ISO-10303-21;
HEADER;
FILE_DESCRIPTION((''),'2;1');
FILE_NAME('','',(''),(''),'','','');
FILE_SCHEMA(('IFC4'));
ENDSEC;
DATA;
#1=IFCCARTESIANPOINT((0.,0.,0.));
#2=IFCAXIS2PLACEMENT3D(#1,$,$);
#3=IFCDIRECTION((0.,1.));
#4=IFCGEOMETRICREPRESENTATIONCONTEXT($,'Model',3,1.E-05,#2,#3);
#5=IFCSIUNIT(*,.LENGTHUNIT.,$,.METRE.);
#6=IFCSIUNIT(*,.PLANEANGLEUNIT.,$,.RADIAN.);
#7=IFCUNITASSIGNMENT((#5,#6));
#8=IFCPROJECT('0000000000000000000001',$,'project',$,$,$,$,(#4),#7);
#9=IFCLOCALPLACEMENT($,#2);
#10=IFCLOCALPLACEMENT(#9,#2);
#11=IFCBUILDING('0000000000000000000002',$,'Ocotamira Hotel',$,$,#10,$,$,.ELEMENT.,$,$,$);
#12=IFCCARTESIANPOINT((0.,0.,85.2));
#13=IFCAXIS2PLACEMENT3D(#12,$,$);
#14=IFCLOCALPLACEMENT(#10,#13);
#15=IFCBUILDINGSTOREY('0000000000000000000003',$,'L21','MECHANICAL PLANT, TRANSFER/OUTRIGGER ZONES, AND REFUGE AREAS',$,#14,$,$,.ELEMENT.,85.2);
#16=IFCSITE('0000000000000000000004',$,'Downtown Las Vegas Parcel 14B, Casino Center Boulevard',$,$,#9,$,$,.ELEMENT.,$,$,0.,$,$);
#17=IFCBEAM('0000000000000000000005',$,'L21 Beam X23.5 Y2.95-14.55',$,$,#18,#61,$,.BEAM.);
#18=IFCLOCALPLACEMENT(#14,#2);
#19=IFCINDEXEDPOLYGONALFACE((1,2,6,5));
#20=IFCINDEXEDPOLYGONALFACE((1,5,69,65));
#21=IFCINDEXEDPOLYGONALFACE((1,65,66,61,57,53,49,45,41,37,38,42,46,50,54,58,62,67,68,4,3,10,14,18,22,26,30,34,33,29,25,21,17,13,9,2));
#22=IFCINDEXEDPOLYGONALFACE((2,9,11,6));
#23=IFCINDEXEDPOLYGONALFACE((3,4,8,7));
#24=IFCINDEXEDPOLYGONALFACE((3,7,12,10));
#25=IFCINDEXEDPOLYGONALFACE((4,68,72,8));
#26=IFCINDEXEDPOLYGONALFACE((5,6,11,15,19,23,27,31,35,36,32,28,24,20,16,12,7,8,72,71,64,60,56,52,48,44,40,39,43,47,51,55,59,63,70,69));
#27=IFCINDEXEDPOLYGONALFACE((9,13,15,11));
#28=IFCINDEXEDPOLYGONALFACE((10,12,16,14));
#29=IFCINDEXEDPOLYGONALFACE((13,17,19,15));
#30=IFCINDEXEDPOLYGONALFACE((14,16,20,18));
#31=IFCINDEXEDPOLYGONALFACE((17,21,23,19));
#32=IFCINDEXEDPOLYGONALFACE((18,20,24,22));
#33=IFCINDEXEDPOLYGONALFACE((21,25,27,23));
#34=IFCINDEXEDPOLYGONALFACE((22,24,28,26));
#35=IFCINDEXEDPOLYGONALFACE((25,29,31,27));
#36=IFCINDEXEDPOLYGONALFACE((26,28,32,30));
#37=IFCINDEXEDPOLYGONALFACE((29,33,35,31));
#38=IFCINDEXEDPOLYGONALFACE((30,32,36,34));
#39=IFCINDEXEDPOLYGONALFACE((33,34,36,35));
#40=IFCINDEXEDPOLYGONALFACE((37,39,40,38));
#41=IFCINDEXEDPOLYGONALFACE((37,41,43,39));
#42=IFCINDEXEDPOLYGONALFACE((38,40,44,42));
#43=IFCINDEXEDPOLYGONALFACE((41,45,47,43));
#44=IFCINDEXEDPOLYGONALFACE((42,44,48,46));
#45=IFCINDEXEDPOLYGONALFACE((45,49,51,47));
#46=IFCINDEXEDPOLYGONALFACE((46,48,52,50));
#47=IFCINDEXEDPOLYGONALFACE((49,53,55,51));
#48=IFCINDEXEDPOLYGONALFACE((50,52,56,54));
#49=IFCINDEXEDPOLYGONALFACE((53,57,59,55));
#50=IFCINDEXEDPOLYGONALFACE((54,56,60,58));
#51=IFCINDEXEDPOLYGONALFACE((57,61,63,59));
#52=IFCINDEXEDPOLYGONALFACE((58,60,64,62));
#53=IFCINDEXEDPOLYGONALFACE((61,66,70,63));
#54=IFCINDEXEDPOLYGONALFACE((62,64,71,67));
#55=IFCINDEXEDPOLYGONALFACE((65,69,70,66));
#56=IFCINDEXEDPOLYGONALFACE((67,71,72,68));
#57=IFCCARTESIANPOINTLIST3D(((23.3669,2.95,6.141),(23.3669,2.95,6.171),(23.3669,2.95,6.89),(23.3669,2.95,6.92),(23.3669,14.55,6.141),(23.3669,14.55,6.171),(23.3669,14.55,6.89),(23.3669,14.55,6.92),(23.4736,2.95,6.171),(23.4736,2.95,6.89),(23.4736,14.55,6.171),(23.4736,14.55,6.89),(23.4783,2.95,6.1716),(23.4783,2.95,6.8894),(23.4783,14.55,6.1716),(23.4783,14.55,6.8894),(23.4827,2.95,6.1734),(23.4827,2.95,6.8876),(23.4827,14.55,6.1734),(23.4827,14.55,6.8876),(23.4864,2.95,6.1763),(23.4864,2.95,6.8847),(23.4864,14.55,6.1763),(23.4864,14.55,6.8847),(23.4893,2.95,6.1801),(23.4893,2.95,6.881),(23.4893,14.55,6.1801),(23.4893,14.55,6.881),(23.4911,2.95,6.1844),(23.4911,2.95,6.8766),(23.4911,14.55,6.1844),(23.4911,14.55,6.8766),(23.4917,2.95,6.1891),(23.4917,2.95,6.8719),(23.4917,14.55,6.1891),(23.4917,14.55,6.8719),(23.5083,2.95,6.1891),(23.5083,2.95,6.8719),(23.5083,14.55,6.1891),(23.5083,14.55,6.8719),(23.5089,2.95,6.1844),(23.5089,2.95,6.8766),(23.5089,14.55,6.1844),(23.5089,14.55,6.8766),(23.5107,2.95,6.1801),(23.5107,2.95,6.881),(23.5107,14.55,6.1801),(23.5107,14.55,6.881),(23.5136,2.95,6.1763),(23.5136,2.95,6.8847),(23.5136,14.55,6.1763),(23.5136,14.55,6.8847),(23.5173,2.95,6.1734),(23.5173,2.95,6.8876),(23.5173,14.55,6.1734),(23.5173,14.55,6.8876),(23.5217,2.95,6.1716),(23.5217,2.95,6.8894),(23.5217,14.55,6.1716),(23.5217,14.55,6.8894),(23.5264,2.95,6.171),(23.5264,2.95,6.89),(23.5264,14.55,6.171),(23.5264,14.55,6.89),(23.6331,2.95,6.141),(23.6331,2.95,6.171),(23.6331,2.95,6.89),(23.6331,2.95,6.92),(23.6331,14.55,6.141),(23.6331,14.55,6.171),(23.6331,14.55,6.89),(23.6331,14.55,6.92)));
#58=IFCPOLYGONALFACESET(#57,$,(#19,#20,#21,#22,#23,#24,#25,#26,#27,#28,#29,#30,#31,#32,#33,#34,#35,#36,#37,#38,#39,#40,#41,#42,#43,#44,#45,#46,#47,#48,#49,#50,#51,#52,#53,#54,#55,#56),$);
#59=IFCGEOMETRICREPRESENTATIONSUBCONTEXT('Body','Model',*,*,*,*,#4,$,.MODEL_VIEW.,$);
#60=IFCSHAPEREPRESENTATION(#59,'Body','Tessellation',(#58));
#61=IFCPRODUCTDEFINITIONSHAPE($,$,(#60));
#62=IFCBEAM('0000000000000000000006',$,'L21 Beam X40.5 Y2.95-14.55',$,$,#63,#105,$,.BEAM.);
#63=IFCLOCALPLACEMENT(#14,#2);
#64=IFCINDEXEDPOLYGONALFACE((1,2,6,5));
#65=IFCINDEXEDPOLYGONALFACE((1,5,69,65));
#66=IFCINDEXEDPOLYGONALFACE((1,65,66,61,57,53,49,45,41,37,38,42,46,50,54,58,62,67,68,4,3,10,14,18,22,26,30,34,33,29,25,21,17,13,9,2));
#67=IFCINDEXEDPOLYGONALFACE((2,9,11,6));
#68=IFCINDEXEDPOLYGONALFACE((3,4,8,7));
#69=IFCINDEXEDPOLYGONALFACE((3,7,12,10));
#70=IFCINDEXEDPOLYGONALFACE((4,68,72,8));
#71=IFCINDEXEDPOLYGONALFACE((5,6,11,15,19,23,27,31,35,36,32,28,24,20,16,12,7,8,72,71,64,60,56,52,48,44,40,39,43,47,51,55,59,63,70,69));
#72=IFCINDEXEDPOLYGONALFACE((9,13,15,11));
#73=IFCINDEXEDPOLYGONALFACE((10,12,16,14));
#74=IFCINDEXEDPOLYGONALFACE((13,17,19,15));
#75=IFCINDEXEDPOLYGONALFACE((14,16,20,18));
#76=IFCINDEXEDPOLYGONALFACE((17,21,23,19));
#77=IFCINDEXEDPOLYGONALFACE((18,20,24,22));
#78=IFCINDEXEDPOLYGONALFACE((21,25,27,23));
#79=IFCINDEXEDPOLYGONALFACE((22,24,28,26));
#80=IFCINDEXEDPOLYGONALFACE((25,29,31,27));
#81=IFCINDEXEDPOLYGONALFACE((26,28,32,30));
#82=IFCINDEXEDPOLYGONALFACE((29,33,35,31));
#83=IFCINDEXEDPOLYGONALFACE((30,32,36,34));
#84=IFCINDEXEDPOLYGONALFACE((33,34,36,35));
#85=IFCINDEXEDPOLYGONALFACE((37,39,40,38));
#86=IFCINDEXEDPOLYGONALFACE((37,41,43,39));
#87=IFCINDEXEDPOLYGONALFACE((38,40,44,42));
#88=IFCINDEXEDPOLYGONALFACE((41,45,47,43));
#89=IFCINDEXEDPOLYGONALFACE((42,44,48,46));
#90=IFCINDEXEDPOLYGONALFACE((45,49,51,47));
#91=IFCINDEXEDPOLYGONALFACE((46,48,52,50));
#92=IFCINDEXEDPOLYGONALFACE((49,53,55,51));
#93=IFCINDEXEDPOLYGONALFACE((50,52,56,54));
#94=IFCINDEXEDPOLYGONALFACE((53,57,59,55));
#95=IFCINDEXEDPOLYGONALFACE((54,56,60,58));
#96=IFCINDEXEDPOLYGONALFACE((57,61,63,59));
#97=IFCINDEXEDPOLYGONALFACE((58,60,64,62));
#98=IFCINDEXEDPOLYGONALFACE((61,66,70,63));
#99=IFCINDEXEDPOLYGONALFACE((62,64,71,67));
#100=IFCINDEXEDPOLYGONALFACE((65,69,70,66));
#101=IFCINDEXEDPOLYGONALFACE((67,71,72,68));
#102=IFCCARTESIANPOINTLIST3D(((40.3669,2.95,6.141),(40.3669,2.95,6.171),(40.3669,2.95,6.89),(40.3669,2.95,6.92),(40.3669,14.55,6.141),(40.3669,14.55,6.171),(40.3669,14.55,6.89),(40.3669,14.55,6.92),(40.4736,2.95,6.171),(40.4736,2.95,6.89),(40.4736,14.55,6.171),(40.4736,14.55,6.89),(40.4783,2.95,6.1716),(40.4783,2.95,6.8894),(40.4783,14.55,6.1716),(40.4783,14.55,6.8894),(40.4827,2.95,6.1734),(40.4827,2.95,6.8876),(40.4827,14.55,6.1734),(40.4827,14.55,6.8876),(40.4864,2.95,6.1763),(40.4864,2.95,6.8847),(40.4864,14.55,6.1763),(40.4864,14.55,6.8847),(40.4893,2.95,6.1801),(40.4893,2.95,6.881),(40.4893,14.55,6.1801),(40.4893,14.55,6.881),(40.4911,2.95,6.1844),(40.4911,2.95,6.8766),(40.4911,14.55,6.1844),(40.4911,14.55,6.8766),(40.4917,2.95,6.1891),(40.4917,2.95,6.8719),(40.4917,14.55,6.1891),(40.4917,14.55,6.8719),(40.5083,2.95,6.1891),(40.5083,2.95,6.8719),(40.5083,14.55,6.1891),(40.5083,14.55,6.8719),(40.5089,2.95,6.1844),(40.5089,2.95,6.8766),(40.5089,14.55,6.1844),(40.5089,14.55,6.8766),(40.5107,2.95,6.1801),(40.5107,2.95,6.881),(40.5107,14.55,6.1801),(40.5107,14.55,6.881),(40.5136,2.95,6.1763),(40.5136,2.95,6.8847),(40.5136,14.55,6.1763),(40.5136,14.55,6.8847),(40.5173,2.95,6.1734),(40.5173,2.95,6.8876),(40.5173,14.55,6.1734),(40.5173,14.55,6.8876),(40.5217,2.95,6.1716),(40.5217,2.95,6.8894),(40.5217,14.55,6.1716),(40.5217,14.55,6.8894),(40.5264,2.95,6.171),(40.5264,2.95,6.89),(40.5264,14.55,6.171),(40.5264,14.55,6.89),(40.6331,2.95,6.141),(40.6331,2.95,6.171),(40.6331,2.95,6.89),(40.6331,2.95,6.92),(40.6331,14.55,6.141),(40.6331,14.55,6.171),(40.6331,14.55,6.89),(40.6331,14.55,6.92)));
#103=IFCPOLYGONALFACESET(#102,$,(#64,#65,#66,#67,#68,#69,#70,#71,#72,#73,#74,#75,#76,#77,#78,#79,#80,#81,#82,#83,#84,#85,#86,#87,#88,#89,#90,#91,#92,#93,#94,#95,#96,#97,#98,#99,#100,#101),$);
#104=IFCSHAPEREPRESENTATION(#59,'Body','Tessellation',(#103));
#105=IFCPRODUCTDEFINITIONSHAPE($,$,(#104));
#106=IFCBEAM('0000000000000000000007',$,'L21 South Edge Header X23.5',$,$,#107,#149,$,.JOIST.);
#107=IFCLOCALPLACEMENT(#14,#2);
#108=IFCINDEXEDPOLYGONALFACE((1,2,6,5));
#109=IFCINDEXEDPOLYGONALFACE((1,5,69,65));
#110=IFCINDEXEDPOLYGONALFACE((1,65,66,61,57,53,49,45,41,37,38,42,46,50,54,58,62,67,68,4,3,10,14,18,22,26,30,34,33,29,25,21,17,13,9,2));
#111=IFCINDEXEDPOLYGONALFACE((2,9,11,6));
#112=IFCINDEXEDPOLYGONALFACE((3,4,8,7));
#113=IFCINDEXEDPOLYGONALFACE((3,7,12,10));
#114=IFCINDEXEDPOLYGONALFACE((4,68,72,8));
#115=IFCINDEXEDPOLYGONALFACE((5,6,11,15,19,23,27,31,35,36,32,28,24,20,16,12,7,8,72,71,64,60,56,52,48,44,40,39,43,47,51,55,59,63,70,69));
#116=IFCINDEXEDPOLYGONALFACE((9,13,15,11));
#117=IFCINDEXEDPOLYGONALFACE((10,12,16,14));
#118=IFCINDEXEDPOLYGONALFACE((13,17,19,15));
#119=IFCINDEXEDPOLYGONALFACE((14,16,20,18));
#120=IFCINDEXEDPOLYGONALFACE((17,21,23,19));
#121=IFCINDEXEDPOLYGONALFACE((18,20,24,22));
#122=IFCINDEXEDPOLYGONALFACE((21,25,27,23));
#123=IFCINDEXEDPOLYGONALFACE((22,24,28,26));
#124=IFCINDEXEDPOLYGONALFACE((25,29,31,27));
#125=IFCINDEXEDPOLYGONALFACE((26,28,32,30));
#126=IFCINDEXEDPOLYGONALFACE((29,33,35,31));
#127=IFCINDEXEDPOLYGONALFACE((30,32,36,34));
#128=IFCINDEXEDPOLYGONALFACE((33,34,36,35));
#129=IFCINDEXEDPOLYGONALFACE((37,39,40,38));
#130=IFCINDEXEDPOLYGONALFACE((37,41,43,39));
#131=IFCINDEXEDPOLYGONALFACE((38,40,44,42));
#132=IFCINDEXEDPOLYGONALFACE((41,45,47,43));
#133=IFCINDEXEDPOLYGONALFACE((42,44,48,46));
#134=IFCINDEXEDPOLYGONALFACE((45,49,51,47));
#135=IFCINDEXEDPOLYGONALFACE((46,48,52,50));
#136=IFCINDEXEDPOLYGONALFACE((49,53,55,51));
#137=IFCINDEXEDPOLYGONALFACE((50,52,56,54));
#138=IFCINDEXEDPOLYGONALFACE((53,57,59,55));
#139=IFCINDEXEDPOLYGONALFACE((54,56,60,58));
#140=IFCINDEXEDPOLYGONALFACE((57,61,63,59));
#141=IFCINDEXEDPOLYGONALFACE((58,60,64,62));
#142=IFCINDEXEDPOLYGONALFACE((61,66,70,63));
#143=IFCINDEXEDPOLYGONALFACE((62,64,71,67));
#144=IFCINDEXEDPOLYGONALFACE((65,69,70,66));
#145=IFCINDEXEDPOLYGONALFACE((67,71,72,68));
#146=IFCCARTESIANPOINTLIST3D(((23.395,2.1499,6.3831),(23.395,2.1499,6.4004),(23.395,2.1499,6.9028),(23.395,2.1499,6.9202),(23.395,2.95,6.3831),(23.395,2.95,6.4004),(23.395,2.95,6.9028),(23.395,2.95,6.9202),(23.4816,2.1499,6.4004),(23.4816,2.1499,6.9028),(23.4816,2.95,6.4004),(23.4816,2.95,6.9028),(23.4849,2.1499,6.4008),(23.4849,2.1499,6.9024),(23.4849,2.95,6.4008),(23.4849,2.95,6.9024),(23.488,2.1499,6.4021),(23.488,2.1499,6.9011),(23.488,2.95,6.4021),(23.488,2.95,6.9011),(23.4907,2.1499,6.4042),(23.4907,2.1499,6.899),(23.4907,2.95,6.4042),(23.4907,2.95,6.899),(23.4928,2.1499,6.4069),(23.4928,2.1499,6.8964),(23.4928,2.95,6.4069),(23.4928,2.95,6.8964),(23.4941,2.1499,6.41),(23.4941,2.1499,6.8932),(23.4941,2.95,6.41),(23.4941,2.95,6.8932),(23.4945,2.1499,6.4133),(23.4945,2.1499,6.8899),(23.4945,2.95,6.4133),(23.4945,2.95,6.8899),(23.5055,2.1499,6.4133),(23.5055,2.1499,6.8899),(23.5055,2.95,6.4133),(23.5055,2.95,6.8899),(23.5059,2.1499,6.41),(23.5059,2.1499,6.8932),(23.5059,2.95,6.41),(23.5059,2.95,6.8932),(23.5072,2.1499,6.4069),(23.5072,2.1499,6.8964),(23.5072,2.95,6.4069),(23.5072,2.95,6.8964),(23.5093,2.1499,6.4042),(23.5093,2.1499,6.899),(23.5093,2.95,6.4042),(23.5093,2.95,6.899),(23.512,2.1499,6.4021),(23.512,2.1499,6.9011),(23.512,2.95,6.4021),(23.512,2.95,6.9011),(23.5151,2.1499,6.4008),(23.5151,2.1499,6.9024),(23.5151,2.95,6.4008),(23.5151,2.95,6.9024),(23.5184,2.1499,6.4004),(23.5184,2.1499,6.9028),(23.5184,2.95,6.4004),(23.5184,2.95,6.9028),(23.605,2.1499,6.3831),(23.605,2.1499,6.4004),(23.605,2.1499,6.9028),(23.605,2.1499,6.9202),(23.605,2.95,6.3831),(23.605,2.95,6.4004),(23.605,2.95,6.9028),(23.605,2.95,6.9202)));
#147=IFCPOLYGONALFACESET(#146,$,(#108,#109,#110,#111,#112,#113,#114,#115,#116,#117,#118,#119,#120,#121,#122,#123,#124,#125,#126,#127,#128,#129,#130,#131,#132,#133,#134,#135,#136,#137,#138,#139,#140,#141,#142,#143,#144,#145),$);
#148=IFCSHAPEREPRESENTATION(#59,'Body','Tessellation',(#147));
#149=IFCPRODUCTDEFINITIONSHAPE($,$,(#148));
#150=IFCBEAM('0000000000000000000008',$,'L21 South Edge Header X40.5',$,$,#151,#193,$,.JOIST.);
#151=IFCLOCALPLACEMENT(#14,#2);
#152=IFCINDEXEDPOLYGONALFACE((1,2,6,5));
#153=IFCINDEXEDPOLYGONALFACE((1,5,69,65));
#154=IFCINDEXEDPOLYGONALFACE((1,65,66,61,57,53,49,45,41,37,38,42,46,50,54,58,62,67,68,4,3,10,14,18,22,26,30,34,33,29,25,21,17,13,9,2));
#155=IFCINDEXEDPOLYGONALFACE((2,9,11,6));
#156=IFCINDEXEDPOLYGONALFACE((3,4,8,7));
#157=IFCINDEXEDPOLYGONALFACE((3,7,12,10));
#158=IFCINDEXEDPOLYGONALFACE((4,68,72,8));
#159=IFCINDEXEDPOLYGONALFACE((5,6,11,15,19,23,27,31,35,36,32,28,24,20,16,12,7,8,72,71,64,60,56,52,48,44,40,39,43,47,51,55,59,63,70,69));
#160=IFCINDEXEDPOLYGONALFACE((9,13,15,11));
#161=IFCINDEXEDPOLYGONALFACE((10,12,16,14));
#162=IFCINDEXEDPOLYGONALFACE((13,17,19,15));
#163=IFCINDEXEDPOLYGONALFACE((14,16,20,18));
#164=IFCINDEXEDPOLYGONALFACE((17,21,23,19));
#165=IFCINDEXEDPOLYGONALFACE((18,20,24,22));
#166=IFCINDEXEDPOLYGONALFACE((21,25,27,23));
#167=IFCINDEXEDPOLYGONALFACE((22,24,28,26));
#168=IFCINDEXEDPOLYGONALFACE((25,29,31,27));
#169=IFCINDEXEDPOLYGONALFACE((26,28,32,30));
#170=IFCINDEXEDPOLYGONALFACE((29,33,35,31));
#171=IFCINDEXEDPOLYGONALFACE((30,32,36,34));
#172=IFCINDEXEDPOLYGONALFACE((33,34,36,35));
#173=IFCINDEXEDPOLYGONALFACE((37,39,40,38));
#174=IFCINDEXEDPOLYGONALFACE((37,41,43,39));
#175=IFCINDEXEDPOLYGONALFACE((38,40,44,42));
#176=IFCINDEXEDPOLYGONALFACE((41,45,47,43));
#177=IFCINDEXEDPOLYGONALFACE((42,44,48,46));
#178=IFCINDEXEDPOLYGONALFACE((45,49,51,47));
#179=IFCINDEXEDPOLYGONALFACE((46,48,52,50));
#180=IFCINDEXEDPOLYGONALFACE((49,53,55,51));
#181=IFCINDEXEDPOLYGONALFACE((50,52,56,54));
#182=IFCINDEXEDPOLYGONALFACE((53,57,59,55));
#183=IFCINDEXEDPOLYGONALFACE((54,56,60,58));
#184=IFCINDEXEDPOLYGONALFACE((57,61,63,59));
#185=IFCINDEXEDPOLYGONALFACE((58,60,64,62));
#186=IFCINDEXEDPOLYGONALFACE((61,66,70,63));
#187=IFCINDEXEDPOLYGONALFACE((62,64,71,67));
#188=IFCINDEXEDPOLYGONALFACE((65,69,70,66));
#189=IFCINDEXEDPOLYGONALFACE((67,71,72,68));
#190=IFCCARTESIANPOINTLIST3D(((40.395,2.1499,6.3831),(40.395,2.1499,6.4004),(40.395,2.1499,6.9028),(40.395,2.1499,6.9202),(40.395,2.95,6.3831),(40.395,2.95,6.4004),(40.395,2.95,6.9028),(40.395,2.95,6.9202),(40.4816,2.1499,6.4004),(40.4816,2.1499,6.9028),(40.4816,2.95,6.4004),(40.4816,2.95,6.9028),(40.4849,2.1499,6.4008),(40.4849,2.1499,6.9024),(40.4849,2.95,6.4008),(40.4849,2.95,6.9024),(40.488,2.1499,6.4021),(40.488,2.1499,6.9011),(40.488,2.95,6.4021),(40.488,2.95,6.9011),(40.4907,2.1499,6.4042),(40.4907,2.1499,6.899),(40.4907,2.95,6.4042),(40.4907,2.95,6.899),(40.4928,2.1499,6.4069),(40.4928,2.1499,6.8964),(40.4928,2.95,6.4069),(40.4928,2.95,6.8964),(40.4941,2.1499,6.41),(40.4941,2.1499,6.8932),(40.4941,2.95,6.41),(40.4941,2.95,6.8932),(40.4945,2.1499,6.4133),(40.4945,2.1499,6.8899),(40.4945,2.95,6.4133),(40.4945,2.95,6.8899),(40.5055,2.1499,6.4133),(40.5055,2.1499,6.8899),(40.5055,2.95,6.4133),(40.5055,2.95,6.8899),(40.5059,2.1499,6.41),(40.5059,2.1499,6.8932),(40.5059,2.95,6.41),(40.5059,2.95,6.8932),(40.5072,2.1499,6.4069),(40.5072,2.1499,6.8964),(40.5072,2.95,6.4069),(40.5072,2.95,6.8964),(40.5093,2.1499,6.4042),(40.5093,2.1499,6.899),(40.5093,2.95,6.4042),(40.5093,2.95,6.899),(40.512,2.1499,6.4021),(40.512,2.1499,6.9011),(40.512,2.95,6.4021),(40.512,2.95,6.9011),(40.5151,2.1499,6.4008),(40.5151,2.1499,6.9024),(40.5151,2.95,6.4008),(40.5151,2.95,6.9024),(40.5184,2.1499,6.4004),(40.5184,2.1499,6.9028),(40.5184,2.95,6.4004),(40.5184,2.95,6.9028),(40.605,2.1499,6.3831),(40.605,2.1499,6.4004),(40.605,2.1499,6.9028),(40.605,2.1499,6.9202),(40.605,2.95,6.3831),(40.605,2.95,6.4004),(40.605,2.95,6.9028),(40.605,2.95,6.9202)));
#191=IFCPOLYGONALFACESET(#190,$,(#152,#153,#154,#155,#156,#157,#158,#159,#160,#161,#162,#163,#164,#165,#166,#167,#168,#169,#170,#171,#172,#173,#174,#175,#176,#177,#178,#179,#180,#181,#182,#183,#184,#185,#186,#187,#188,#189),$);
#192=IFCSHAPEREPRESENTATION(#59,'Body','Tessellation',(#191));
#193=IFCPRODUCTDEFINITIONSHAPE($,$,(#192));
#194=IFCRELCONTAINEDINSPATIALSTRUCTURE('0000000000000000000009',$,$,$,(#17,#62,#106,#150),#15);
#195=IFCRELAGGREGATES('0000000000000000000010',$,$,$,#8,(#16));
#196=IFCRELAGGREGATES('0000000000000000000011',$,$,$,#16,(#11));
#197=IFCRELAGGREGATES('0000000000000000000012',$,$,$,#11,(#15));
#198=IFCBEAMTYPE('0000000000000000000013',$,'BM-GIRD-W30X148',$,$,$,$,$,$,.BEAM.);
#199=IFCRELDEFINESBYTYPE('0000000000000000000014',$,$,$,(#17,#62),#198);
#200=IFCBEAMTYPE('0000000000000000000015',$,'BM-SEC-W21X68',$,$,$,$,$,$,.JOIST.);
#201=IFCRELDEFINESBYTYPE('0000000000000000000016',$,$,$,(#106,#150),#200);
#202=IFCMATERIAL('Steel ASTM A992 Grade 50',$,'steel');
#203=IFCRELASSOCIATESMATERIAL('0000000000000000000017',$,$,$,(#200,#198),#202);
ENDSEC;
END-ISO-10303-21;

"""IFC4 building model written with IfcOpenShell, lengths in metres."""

from ifc_helpers import new_model, si_unit, direction, frame, origin, origin_2d, place, context, subcontext, project, spatial, i_section, extrude, source, transform, mapped, material, material_profile, profile_set, type_object, element, save


model = new_model("IFC4")

# Units and contexts
model_context = context("Model", 3, precision=1e-05, world=origin(), true_north=direction((0.0, 1.0)))
body_context = subcontext(model_context, "Body", "Model", "MODEL_VIEW")
ifc_project = project(units=[si_unit("LENGTHUNIT", "METRE"), si_unit("PLANEANGLEUNIT", "RADIAN")], contexts=[model_context])

# Site, building, storey
site_placement = place(None, origin())
site = spatial("IfcSite", under=ifc_project, at=site_placement, Name="Downtown Las Vegas Parcel 14B, Casino Center Boulevard", CompositionType="ELEMENT", RefElevation=0.0)
building_placement = place(site_placement, origin())
building = spatial("IfcBuilding", under=site, at=building_placement, Name="Ocotamira Hotel", CompositionType="ELEMENT")
storey_placement = place(building_placement, frame((0.0, 0.0, 85.2)))
storey = spatial("IfcBuildingStorey", under=building, at=storey_placement, Name="L21", Description="MECHANICAL PLANT, TRANSFER/OUTRIGGER ZONES, AND REFUGE AREAS", CompositionType="ELEMENT", Elevation=85.2)

# Beams
ifc_material_1 = material(Name="Steel ASTM A992 Grade 50", Category="steel")
ifc_material_profile_1 = material_profile(ifc_material_1, i_section(OverallWidth=0.21, OverallDepth=0.5371, WebThickness=0.011, FlangeThickness=0.0173, FilletRadius=0.0129, at=origin_2d()), Name="W21X68")
ifc_profile_set_1 = profile_set([ifc_material_profile_1], Name="Steel ASTM A992 Grade 50")
beam_type_1 = type_object("IfcBeamType", Name="BM-SEC-W21X68", PredefinedType="JOIST", material=ifc_profile_set_1)
ifc_material_profile_2 = material_profile(ifc_material_1, i_section(OverallWidth=0.2661, OverallDepth=0.7791, WebThickness=0.0166, FlangeThickness=0.03, FilletRadius=0.0181, at=origin_2d()), Name="W30X148")
ifc_profile_set_2 = profile_set([ifc_material_profile_2], Name="Steel ASTM A992 Grade 50")
beam_type_2 = type_object("IfcBeamType", Name="BM-GIRD-W30X148", PredefinedType="BEAM", material=ifc_profile_set_2)
shared_shape_1 = source(origin(), body_context, "Body", "SweptSolid", [
    extrude(i_section(OverallWidth=0.2661, OverallDepth=0.7791, WebThickness=0.0166, FlangeThickness=0.03, FilletRadius=0.0181, at=origin_2d()), origin(), (0.0, 0.0, 1.0), 11.6001),
])
for number, where, z_axis, x_axis, name in (
    (1, (23.5, 2.95, 6.5305), (0.0, 1.0, 0.0), (-1.0, 0.0, 0.0), "L21 Beam X23.5 Y2.95-14.55"),
    (2, (40.5, 2.95, 6.5305), (0.0, 1.0, 0.0), (-1.0, 0.0, 0.0), "L21 Beam X40.5 Y2.95-14.55"),
):
    element("IfcBeam", number, at=place(storey_placement, frame(where, z_axis=z_axis, x_axis=x_axis)), inside=storey, type_object=beam_type_2, Name=name, PredefinedType="BEAM", context=body_context, shape_type="MappedRepresentation", body=[
        mapped(shared_shape_1, transform((0.0, 0.0, 0.0), scale=1.0)),
    ])
shared_shape_2 = source(origin(), body_context, "Body", "SweptSolid", [
    extrude(i_section(OverallWidth=0.21, OverallDepth=0.5371, WebThickness=0.011, FlangeThickness=0.0173, FilletRadius=0.0129, at=origin_2d()), origin(), (0.0, 0.0, 1.0), 0.8),
])
for number, where, z_axis, x_axis, name in (
    (3, (23.5, 2.95, 6.6516), (0.0, -1.0, 0.0), (1.0, 0.0, 0.0), "L21 South Edge Header X23.5"),
    (4, (40.5, 2.95, 6.6516), (0.0, -1.0, 0.0), (1.0, 0.0, 0.0), "L21 South Edge Header X40.5"),
):
    element("IfcBeam", number, at=place(storey_placement, frame(where, z_axis=z_axis, x_axis=x_axis)), inside=storey, type_object=beam_type_1, Name=name, PredefinedType="JOIST", context=body_context, shape_type="MappedRepresentation", body=[
        mapped(shared_shape_2, transform((0.0, 0.0, 0.0), scale=1.0)),
    ])

save(model, "model.ifc")
